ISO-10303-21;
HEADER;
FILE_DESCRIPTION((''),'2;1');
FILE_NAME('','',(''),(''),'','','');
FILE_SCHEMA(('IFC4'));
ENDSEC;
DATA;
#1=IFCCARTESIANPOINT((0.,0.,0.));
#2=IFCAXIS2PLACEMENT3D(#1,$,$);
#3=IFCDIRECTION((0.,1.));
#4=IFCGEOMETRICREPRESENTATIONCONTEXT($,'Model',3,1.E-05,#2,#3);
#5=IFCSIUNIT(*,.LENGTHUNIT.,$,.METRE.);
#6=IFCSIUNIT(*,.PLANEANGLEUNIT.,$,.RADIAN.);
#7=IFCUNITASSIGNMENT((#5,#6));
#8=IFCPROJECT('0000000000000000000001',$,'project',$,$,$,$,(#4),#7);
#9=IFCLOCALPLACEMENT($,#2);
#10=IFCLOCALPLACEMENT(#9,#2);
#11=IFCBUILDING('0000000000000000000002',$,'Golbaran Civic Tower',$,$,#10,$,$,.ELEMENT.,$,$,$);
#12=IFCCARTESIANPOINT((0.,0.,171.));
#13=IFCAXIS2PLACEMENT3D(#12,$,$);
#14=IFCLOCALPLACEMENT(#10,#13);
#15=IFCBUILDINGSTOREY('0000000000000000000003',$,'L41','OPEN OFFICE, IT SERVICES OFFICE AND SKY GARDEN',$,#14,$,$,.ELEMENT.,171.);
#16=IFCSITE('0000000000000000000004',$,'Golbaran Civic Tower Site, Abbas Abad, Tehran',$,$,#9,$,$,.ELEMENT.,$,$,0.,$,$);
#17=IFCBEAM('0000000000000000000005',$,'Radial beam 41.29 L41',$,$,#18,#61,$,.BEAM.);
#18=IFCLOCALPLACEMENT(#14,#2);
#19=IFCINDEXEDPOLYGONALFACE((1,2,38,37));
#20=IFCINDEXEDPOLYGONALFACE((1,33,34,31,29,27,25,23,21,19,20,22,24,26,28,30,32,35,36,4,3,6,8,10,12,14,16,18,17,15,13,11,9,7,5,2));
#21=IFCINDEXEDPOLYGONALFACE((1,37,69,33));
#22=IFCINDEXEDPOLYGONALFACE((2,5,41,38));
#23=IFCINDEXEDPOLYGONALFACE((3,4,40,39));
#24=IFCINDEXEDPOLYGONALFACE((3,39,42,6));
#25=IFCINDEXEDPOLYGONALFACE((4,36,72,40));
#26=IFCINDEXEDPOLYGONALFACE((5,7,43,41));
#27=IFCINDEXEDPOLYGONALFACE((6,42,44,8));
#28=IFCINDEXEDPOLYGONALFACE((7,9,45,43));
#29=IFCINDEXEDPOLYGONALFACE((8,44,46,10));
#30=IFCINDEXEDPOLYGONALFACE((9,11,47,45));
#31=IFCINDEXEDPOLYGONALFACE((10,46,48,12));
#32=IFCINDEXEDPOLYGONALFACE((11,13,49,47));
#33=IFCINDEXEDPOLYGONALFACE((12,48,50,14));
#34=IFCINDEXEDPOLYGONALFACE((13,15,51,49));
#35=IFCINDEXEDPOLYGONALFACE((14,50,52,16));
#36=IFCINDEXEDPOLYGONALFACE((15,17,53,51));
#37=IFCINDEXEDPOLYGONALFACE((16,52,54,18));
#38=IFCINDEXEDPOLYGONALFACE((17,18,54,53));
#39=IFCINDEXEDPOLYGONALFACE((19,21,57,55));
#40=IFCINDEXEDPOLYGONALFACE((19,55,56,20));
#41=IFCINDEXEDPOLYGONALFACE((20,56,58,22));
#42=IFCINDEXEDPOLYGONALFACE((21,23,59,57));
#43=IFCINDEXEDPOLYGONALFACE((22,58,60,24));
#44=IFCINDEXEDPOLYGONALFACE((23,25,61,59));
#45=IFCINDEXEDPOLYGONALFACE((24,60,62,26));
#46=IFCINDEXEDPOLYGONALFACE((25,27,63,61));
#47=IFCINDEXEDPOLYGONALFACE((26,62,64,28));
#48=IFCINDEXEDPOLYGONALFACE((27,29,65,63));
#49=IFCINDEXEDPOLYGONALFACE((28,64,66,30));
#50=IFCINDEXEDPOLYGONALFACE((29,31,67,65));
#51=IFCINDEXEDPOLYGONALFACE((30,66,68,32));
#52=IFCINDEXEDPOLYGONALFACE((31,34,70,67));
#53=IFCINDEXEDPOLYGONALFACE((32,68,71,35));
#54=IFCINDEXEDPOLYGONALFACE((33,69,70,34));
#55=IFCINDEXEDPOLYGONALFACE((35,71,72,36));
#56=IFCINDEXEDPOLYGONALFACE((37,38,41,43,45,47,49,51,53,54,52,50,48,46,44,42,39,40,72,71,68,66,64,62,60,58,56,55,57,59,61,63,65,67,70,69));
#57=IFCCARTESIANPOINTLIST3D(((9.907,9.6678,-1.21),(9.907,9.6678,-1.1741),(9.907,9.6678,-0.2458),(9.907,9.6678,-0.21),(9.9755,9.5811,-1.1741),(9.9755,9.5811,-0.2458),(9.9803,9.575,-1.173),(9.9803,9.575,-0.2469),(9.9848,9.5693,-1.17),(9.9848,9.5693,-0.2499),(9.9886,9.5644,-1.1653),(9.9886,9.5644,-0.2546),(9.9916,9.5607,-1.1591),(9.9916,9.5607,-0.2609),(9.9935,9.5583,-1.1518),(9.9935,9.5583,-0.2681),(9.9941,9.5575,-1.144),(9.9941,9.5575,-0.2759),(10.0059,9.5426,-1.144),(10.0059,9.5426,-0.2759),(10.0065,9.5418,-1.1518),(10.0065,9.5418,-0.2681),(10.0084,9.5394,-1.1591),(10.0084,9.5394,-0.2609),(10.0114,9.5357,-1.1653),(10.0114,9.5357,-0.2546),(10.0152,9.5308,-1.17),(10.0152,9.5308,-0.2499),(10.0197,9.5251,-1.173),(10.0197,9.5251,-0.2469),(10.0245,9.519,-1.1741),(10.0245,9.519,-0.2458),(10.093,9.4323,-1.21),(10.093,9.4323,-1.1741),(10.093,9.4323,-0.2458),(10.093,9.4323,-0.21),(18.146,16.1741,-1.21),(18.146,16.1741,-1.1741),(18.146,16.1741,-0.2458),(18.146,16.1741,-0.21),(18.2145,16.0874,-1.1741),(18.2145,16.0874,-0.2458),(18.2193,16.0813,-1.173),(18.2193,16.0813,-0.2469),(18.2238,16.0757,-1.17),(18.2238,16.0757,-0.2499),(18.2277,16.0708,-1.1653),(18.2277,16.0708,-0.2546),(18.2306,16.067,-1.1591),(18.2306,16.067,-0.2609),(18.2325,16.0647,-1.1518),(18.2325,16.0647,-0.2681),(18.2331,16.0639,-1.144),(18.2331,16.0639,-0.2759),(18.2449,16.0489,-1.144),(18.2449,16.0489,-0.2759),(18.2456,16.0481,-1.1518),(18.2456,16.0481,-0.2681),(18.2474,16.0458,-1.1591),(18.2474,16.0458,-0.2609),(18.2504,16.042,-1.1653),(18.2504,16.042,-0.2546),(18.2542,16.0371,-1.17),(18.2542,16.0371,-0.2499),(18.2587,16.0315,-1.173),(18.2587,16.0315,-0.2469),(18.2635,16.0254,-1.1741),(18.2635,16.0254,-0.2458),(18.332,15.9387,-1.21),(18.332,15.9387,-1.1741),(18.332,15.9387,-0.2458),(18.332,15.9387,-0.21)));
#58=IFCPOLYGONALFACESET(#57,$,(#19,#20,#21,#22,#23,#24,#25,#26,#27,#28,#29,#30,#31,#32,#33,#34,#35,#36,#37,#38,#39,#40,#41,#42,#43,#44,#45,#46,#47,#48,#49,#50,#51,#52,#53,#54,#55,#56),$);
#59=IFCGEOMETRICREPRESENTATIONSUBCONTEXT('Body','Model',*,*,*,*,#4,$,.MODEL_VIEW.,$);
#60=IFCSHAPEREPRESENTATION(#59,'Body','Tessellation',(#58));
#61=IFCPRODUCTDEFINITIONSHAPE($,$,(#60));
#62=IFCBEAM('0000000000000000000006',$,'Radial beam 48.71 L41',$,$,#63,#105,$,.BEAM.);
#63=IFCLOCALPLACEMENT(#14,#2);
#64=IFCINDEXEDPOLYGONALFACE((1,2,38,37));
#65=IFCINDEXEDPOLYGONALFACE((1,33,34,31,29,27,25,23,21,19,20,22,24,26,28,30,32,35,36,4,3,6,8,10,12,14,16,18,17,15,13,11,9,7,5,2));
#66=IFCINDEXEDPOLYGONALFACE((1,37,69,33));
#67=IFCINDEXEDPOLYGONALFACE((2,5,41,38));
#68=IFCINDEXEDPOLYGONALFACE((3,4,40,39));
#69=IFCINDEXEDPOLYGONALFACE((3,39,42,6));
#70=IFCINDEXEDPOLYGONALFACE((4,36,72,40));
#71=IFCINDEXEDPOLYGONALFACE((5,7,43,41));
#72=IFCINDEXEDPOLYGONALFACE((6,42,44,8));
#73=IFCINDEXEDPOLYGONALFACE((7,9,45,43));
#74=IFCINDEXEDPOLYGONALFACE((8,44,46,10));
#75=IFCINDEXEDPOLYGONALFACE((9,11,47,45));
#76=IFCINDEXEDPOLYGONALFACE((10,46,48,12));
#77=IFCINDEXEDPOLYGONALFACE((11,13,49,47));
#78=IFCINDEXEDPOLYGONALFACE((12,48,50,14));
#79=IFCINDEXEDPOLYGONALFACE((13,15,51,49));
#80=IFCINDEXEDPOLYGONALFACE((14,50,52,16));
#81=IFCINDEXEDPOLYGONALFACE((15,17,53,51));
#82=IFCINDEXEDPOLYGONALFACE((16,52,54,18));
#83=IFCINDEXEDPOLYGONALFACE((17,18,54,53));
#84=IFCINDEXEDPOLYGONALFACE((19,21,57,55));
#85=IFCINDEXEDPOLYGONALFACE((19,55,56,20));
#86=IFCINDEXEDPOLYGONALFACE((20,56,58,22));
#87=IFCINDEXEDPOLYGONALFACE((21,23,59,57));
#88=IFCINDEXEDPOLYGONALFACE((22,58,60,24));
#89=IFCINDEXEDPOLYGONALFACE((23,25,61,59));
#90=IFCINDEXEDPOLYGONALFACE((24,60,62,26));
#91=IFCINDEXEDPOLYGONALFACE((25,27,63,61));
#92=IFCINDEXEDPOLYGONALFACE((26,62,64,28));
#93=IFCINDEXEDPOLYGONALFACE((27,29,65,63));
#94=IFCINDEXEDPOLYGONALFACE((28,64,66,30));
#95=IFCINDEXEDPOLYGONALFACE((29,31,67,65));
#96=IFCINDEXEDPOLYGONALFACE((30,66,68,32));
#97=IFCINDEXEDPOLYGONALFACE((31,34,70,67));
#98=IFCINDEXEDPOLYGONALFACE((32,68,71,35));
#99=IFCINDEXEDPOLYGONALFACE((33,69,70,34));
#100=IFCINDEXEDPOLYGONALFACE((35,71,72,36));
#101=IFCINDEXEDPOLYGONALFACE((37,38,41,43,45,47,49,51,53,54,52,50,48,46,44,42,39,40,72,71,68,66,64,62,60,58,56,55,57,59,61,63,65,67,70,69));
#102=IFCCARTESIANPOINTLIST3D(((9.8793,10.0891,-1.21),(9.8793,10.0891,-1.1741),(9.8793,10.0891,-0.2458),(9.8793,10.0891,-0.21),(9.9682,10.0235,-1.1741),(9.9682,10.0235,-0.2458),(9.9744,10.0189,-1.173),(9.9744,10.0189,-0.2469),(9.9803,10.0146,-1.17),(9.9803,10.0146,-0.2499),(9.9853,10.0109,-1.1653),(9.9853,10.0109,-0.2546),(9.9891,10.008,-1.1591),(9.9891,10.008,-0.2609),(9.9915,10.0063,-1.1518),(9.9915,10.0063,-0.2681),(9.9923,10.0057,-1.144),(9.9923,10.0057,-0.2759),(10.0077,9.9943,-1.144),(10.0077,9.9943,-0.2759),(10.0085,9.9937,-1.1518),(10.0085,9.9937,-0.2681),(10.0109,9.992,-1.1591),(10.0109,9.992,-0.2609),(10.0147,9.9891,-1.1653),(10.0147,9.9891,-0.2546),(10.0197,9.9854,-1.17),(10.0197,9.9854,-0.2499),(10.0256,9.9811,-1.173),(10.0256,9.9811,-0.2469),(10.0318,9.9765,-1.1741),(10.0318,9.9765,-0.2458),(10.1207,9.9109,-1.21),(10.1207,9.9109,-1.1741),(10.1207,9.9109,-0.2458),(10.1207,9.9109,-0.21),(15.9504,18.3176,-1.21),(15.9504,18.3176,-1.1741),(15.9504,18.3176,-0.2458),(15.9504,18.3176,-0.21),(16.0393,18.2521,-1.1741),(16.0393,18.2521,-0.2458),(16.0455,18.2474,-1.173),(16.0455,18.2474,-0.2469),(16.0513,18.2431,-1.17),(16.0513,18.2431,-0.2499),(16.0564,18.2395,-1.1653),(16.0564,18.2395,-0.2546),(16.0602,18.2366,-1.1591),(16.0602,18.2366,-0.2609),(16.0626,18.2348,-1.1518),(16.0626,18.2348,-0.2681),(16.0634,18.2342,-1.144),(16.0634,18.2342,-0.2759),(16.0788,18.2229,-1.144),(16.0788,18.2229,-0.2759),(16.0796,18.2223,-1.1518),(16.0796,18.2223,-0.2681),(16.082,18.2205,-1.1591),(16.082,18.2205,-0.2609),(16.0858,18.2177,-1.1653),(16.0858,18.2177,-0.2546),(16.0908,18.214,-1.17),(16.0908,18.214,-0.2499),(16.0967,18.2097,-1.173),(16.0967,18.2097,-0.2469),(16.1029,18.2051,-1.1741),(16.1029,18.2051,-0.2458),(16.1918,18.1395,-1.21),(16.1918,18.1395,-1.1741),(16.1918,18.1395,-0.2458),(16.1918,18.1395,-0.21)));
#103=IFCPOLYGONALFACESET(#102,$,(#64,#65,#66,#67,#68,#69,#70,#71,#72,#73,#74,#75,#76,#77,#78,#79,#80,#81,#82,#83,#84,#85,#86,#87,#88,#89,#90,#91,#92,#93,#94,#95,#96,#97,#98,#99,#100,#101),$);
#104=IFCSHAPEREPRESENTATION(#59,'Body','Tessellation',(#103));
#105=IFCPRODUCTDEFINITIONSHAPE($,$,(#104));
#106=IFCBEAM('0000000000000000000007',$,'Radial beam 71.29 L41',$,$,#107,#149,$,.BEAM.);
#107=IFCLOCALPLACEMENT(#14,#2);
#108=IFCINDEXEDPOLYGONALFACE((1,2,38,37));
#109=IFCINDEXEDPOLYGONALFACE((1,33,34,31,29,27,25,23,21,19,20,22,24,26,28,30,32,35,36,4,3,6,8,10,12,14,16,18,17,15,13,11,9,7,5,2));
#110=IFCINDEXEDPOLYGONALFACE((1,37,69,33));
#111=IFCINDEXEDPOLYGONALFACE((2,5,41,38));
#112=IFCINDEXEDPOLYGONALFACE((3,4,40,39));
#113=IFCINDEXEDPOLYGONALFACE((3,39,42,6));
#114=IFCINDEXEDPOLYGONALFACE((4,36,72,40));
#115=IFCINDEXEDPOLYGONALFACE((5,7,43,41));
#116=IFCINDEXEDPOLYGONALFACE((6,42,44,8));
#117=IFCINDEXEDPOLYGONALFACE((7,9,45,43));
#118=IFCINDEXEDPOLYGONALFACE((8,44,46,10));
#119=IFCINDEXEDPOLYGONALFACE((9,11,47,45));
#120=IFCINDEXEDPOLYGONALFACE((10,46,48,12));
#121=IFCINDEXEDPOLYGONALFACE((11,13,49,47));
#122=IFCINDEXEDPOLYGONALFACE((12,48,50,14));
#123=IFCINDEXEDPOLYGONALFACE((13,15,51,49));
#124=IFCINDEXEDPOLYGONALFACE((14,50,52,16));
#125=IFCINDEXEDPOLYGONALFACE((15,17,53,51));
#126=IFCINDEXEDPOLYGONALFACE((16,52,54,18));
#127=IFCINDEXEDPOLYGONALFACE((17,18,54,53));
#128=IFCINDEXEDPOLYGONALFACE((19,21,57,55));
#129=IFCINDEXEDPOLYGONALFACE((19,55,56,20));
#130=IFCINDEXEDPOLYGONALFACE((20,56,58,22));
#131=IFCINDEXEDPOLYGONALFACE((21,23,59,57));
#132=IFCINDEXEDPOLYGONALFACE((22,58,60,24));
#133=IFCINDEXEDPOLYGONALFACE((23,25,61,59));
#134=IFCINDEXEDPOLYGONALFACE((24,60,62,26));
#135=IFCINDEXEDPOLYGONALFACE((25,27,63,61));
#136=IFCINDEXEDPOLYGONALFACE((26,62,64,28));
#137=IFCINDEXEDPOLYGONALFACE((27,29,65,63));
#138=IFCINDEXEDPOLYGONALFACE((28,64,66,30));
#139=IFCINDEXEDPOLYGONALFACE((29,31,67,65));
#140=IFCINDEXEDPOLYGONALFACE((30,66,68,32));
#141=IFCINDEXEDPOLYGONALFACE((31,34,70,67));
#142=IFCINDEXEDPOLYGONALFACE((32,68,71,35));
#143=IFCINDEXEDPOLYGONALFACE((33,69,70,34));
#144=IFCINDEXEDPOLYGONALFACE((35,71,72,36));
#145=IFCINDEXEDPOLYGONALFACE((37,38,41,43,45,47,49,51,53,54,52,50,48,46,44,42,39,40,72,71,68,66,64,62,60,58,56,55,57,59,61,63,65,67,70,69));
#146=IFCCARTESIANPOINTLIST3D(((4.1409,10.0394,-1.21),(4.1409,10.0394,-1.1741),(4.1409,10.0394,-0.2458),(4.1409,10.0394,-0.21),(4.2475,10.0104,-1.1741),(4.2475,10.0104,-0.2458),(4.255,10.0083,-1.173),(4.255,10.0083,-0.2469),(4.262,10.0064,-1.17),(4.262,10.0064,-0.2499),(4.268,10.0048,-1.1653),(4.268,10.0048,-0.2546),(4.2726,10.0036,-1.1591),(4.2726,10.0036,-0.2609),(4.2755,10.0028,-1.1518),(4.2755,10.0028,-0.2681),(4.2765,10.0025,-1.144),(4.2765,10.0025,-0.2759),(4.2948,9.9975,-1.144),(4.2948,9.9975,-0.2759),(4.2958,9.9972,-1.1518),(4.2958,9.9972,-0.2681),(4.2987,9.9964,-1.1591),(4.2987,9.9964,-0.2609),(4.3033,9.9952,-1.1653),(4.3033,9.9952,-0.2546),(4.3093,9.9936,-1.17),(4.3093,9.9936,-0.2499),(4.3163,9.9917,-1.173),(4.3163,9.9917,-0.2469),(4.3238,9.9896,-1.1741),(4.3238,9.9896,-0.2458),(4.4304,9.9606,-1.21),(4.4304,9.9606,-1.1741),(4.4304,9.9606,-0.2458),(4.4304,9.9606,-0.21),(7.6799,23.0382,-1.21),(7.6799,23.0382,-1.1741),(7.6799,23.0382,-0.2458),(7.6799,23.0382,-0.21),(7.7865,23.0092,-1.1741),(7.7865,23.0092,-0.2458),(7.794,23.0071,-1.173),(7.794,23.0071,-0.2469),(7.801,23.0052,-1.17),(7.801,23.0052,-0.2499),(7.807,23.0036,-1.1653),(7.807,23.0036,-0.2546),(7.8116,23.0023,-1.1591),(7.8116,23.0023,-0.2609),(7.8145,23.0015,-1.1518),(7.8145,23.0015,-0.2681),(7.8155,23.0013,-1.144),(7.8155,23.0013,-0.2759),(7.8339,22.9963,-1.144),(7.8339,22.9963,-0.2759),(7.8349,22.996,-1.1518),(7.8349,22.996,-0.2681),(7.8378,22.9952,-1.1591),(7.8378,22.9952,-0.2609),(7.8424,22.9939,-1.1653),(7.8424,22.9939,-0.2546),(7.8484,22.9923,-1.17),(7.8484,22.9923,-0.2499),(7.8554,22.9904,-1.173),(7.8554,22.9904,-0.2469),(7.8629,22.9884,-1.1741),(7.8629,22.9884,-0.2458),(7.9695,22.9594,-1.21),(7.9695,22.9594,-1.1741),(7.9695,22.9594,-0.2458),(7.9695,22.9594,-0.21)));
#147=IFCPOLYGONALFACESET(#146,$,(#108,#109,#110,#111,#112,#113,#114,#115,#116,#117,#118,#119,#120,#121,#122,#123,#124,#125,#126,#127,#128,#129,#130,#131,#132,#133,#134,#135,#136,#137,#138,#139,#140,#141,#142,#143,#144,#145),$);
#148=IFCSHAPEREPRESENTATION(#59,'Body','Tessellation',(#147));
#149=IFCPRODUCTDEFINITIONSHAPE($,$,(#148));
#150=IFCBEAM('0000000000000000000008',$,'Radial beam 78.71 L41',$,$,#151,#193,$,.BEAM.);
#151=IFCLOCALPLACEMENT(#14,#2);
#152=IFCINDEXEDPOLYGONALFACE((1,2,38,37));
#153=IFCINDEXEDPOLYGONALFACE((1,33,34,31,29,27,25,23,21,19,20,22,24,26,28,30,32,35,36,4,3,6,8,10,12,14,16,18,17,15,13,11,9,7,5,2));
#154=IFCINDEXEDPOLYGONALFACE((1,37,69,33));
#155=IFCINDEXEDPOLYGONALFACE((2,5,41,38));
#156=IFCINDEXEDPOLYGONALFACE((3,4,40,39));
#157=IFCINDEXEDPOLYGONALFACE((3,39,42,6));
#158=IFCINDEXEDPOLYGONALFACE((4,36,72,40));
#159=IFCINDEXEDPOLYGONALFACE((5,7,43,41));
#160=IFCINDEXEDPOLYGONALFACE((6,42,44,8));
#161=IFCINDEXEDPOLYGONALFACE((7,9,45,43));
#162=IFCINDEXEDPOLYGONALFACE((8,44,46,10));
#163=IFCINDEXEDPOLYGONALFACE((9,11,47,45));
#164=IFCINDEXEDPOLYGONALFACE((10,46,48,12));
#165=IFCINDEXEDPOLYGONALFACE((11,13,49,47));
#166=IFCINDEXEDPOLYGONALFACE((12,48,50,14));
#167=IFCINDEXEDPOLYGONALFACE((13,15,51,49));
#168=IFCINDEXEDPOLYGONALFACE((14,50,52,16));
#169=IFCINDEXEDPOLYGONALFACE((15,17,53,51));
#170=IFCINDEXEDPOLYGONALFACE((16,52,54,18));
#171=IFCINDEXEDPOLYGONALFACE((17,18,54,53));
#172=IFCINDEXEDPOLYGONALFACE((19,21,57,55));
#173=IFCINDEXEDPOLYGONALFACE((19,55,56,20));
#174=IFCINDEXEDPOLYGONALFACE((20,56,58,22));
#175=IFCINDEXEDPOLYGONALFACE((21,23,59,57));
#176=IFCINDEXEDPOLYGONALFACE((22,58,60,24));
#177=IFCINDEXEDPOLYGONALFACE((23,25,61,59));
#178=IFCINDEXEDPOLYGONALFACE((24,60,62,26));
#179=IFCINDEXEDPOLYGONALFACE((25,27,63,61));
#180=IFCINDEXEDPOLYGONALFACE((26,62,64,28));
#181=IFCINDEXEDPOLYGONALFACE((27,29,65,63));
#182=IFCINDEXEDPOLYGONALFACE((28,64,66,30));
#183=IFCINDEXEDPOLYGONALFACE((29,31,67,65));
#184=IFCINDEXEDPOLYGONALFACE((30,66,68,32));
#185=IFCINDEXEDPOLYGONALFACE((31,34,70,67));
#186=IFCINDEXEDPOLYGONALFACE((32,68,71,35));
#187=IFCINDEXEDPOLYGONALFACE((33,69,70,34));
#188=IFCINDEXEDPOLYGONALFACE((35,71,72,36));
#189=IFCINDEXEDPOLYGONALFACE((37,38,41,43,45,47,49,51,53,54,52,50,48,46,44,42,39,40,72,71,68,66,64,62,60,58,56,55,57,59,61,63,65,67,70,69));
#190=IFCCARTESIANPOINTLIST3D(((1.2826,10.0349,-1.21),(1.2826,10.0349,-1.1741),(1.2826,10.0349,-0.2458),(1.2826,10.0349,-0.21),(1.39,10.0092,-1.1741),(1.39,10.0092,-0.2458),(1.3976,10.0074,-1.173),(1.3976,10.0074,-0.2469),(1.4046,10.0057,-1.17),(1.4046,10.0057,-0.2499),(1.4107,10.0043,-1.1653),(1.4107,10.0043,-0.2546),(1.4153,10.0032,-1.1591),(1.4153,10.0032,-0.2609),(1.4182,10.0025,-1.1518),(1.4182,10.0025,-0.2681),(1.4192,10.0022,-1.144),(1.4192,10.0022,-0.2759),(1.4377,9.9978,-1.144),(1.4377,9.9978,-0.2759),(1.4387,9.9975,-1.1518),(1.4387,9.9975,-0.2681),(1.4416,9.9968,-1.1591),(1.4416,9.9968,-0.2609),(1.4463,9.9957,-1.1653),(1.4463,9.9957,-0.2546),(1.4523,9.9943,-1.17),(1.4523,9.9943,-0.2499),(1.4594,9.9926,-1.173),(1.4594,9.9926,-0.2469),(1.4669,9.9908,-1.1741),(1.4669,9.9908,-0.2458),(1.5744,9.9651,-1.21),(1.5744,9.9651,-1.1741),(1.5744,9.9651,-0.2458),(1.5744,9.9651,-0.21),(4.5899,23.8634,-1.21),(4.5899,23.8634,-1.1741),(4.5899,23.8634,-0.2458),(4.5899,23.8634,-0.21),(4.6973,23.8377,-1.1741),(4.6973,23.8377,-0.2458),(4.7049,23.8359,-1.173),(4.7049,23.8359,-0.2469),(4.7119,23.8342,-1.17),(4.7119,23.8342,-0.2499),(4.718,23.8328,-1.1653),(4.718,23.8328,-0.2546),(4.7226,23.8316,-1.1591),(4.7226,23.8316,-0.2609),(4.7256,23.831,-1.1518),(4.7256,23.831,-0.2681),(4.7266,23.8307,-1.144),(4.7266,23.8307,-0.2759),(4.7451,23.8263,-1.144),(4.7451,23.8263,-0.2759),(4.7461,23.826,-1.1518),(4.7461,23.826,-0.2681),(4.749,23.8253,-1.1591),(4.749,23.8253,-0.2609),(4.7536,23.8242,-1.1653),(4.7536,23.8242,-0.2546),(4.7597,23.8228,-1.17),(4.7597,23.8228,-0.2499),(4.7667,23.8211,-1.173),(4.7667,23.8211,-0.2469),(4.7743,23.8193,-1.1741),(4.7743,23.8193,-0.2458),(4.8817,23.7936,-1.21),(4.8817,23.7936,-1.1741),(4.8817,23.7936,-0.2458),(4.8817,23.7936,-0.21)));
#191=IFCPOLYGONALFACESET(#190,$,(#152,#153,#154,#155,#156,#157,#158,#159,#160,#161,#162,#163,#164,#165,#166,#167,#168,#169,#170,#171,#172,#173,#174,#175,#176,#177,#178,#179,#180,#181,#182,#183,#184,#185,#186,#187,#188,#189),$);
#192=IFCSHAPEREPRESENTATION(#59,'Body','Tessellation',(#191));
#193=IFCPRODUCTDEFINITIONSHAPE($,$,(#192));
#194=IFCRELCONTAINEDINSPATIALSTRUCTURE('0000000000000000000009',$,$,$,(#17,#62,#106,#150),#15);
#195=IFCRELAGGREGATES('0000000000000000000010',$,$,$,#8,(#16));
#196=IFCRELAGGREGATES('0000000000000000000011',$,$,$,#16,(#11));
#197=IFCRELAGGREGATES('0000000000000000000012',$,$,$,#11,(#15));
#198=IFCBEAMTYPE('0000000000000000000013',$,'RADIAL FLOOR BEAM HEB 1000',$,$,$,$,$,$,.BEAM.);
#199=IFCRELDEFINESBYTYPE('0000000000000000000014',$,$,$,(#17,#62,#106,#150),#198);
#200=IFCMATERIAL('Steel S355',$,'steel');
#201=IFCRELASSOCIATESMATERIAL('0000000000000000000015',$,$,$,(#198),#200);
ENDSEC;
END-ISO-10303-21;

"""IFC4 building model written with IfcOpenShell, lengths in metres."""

from ifc_helpers import new_model, si_unit, direction, frame, origin, origin_2d, place, context, subcontext, project, spatial, i_section, extrude, material, material_profile, profile_set, type_object, element, save


model = new_model("IFC4")

# Units and contexts
model_context = context("Model", 3, precision=1e-05, world=origin(), true_north=direction((0.0, 1.0)))
body_context = subcontext(model_context, "Body", "Model", "MODEL_VIEW")
ifc_project = project(units=[si_unit("LENGTHUNIT", "METRE"), si_unit("PLANEANGLEUNIT", "RADIAN")], contexts=[model_context])

# Site, building, storey
site_placement = place(None, origin())
site = spatial("IfcSite", under=ifc_project, at=site_placement, Name="Golbaran Civic Tower Site, Abbas Abad, Tehran", CompositionType="ELEMENT", RefElevation=0.0)
building_placement = place(site_placement, origin())
building = spatial("IfcBuilding", under=site, at=building_placement, Name="Golbaran Civic Tower", CompositionType="ELEMENT")
storey_placement = place(building_placement, frame((0.0, 0.0, 171.0)))
storey = spatial("IfcBuildingStorey", under=building, at=storey_placement, Name="L41", Description="OPEN OFFICE, IT SERVICES OFFICE AND SKY GARDEN", CompositionType="ELEMENT", Elevation=171.0)

# Beams
ifc_material_1 = material(Name="Steel S355", Category="steel")
ifc_material_profile_1 = material_profile(ifc_material_1, i_section(OverallWidth=0.3, OverallDepth=1.0, WebThickness=0.019, FlangeThickness=0.0359, FilletRadius=0.03, at=origin_2d()), Name="HEB 1000")
ifc_profile_set_1 = profile_set([ifc_material_profile_1], Name="Steel S355")
beam_type_1 = type_object("IfcBeamType", Name="RADIAL FLOOR BEAM HEB 1000", PredefinedType="BEAM", material=ifc_profile_set_1)
beam_1_placement = place(storey_placement, frame((10.0, 9.55, -0.71), z_axis=(0.784796, 0.619754, 0.0), x_axis=(-0.619754, 0.784796, 0.0)))
element("IfcBeam", 1, at=beam_1_placement, inside=storey, type_object=beam_type_1, Name="Radial beam 41.29 L41", PredefinedType="BEAM", context=body_context, shape_type="SweptSolid", body=[
    extrude(i_section(OverallWidth=0.3, OverallDepth=1.0, WebThickness=0.019, FlangeThickness=0.0359, FilletRadius=0.03, at=origin_2d()), origin(), (0.0, 0.0, 1.0), 10.4983),
])
beam_2_placement = place(storey_placement, frame((10.0, 10.0, -0.71), z_axis=(0.593701, 0.804685, 0.0), x_axis=(-0.804685, 0.593701, 0.0)))
element("IfcBeam", 2, at=beam_2_placement, inside=storey, type_object=beam_type_1, Name="Radial beam 48.71 L41", PredefinedType="BEAM", context=body_context, shape_type="SweptSolid", body=[
    extrude(i_section(OverallWidth=0.3, OverallDepth=1.0, WebThickness=0.019, FlangeThickness=0.0359, FilletRadius=0.03, at=origin_2d()), origin(), (0.0, 0.0, 1.0), 10.2258),
])
beam_3_placement = place(storey_placement, frame((4.2856, 10.0, -0.71), z_axis=(0.262699, 0.964878, 0.0), x_axis=(-0.964878, 0.262699, 0.0)))
element("IfcBeam", 3, at=beam_3_placement, inside=storey, type_object=beam_type_1, Name="Radial beam 71.29 L41", PredefinedType="BEAM", context=body_context, shape_type="SweptSolid", body=[
    extrude(i_section(OverallWidth=0.3, OverallDepth=1.0, WebThickness=0.019, FlangeThickness=0.0359, FilletRadius=0.03, at=origin_2d()), origin(), (0.0, 0.0, 1.0), 13.4719),
])
beam_4_placement = place(storey_placement, frame((1.4285, 10.0, -0.71), z_axis=(0.232609, 0.97257, 0.0), x_axis=(-0.97257, 0.232609, 0.0)))
element("IfcBeam", 4, at=beam_4_placement, inside=storey, type_object=beam_type_1, Name="Radial beam 78.71 L41", PredefinedType="BEAM", context=body_context, shape_type="SweptSolid", body=[
    extrude(i_section(OverallWidth=0.3, OverallDepth=1.0, WebThickness=0.019, FlangeThickness=0.0359, FilletRadius=0.03, at=origin_2d()), origin(), (0.0, 0.0, 1.0), 14.2185),
])

save(model, "model.ifc")
